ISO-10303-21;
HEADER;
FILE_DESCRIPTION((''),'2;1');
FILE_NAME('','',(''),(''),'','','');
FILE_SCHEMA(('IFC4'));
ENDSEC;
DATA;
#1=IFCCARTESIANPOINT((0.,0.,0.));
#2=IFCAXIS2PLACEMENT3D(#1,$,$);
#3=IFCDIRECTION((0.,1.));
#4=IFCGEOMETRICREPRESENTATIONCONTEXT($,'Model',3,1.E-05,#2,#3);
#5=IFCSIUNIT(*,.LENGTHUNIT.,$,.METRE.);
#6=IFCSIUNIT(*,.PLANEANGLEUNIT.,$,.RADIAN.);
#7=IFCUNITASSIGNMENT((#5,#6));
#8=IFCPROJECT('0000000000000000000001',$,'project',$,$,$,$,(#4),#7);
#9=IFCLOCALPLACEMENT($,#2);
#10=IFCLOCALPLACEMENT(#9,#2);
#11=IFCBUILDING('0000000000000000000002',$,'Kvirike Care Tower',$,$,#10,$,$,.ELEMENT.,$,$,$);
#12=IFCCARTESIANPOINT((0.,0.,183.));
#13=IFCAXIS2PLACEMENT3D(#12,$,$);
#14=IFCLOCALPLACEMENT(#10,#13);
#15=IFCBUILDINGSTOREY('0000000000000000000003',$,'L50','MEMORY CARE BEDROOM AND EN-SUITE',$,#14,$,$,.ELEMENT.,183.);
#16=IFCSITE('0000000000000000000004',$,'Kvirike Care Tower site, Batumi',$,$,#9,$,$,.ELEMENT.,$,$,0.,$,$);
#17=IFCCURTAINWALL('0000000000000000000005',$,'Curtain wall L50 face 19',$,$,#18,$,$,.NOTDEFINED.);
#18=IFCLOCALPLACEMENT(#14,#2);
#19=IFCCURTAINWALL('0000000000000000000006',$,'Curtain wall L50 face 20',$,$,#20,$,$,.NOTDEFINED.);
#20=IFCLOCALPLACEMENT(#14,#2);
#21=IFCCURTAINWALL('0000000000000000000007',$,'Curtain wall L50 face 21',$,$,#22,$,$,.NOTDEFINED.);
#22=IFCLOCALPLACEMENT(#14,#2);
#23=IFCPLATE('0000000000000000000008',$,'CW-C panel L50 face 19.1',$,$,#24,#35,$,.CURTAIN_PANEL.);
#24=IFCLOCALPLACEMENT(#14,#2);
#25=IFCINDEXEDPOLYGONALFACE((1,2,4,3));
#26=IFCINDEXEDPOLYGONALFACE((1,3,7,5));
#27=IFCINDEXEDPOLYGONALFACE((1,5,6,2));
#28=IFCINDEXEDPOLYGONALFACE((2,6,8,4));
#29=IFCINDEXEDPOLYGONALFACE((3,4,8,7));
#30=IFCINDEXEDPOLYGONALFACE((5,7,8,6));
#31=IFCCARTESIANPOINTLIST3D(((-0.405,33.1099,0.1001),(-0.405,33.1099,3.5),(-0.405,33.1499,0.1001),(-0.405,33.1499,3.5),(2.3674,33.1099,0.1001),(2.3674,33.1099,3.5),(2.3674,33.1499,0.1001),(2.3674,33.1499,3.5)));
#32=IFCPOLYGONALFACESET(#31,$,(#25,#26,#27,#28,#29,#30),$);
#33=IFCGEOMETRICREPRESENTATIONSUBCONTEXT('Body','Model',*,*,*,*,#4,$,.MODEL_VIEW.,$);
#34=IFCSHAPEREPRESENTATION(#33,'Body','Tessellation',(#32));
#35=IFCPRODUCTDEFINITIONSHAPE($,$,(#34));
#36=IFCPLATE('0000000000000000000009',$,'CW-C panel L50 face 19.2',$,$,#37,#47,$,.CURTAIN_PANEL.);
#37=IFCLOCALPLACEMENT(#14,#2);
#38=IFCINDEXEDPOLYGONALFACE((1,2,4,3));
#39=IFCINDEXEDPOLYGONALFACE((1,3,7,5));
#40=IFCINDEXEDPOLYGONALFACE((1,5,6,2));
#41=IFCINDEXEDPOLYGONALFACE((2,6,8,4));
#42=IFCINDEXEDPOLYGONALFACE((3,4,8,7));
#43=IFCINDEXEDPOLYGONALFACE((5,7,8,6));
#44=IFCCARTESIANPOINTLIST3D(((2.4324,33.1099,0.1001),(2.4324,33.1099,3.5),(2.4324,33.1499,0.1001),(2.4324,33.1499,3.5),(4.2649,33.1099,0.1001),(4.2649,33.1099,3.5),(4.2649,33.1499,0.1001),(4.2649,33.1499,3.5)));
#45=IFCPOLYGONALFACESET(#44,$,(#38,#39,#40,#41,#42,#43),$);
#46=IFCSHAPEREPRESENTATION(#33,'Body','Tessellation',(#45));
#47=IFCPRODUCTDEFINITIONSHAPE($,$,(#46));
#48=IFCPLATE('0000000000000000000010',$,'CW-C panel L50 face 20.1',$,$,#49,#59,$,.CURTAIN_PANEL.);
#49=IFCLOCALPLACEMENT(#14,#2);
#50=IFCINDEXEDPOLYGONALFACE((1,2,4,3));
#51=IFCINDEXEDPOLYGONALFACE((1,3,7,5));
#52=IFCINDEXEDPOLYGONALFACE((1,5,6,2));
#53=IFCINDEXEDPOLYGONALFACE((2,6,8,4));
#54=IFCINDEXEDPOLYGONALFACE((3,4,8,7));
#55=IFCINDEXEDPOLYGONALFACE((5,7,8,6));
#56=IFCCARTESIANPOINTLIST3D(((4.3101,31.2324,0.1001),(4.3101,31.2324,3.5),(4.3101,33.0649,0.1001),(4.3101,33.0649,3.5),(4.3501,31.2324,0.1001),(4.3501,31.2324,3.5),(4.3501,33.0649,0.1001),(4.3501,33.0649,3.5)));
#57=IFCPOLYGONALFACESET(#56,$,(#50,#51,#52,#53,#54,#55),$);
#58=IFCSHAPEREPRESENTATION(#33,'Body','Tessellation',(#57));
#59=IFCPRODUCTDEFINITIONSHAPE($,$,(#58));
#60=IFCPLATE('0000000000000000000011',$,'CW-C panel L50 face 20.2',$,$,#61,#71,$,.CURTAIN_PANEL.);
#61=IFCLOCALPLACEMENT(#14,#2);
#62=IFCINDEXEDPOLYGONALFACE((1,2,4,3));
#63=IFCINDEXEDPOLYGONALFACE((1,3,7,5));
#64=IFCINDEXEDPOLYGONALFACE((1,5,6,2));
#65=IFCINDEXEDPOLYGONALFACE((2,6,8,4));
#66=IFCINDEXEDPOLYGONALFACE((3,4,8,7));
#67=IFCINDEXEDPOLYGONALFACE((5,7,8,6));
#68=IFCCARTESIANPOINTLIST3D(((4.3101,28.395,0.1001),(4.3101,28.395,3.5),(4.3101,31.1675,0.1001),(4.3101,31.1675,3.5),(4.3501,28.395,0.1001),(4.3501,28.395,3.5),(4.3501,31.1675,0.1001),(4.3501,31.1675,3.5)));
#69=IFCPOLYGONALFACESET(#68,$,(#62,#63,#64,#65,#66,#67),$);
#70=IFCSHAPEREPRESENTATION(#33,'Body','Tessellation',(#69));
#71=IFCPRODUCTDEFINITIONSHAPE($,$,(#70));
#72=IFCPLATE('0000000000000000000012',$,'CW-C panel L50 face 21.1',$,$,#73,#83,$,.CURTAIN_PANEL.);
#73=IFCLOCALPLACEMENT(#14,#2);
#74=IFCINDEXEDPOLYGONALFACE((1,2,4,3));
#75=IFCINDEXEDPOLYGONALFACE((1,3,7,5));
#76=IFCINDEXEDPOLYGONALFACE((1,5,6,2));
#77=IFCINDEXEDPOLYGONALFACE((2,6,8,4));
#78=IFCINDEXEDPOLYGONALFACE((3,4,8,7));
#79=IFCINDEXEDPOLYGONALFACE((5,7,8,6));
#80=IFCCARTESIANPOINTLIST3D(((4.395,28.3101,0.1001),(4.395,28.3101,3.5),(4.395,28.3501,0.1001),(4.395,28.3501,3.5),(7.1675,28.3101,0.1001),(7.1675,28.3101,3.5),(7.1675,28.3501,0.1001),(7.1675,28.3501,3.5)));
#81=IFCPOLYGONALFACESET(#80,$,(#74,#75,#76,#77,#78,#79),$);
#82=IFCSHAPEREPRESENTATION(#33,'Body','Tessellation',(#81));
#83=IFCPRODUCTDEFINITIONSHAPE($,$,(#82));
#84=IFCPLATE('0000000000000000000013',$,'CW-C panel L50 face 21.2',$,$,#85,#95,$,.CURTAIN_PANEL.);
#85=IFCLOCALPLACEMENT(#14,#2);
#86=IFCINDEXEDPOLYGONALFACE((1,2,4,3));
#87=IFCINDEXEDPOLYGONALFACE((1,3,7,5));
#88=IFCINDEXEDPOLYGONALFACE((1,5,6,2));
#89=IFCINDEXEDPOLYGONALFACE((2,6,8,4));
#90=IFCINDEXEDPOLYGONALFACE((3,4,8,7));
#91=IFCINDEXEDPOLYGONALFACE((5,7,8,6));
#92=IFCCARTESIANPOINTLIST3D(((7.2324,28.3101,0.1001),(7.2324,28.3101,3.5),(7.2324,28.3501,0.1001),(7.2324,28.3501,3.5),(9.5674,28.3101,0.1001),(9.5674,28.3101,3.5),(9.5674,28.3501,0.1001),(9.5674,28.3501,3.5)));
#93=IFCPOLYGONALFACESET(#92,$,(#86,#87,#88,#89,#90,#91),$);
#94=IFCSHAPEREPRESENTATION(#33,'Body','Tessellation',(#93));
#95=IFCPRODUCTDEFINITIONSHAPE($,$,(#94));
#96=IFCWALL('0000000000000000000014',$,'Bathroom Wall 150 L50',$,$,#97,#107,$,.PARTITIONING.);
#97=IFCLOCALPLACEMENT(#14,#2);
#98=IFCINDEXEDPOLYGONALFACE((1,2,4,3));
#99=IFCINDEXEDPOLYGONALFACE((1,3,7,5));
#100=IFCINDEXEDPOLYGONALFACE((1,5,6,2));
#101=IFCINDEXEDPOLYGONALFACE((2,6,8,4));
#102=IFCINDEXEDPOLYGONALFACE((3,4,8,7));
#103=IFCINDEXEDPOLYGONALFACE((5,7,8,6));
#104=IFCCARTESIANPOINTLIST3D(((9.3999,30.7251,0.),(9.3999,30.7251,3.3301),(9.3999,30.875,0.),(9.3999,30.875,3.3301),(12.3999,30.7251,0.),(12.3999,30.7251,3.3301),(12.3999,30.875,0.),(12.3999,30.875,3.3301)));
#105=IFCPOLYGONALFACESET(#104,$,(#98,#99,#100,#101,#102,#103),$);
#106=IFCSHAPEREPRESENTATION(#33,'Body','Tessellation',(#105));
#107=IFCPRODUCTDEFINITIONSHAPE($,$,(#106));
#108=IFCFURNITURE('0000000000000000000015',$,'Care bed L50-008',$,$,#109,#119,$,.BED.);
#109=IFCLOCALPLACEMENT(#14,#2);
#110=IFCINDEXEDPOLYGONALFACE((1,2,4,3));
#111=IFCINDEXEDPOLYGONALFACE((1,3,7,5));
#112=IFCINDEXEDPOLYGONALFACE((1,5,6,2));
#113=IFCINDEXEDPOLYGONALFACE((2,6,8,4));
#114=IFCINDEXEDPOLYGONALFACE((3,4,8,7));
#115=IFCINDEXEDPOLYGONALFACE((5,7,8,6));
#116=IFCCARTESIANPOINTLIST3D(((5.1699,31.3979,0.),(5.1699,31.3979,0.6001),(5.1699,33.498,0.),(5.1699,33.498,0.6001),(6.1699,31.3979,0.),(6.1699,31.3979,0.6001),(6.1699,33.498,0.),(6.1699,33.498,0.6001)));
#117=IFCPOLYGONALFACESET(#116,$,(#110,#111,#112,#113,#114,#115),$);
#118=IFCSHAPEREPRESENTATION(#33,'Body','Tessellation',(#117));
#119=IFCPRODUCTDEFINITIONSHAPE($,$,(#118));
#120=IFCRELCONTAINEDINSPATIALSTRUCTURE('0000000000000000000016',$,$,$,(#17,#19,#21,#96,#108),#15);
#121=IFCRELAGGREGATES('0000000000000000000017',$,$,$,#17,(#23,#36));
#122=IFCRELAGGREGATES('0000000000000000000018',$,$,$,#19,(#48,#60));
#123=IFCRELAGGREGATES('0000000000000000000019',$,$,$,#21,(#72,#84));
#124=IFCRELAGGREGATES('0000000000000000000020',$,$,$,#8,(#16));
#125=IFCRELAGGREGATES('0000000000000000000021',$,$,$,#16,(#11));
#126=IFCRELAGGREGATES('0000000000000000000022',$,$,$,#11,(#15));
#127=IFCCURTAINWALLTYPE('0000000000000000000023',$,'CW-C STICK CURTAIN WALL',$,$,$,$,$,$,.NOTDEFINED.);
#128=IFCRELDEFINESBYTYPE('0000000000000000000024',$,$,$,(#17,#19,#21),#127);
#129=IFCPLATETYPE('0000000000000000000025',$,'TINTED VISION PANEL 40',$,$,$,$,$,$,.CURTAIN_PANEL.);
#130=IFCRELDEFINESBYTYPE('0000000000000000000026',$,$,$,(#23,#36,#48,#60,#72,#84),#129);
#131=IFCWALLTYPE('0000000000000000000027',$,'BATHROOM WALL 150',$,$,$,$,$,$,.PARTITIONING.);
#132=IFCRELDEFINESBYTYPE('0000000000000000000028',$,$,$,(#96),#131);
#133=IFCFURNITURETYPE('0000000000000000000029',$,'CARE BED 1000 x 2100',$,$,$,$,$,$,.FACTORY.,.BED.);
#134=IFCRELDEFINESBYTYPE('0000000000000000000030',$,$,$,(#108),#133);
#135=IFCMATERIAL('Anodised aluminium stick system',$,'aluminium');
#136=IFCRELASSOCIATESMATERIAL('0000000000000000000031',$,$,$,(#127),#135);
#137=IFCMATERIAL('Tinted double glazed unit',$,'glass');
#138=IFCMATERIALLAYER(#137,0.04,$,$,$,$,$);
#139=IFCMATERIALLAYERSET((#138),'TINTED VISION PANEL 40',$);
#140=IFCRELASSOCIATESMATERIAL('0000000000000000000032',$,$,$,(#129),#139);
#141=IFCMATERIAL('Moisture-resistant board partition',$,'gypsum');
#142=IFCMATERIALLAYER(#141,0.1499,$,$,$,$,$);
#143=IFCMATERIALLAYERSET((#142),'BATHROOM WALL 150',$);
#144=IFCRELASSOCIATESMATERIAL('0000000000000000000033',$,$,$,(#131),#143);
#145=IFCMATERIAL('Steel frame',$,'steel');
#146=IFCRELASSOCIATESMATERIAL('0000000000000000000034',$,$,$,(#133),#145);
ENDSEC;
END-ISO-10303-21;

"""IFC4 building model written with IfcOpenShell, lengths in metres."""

from ifc_helpers import new_model, si_unit, direction, frame, frame_2d, origin, origin_2d, place, context, subcontext, project, spatial, rectangle, extrude, material, layer, layer_set, type_object, element, aggregate, save


model = new_model("IFC4")

# Units and contexts
model_context = context("Model", 3, precision=1e-05, world=origin(), true_north=direction((0.0, 1.0)))
body_context = subcontext(model_context, "Body", "Model", "MODEL_VIEW")
ifc_project = project(units=[si_unit("LENGTHUNIT", "METRE"), si_unit("PLANEANGLEUNIT", "RADIAN")], contexts=[model_context])

# Site, building, storey
site_placement = place(None, origin())
site = spatial("IfcSite", under=ifc_project, at=site_placement, Name="Kvirike Care Tower site, Batumi", CompositionType="ELEMENT", RefElevation=0.0)
building_placement = place(site_placement, origin())
building = spatial("IfcBuilding", under=site, at=building_placement, Name="Kvirike Care Tower", CompositionType="ELEMENT")
storey_placement = place(building_placement, frame((0.0, 0.0, 183.0)))
storey = spatial("IfcBuildingStorey", under=building, at=storey_placement, Name="L50", Description="MEMORY CARE BEDROOM AND EN-SUITE", CompositionType="ELEMENT", Elevation=183.0)

# Curtain walls
ifc_material_1 = material(Name="Anodised aluminium stick system", Category="aluminium")
curtain_wall_type = type_object("IfcCurtainWallType", Name="CW-C STICK CURTAIN WALL", PredefinedType="NOTDEFINED", material=ifc_material_1)
curtain_wall_1_placement = place(storey_placement, origin())
curtain_wall_1 = element("IfcCurtainWall", 1, at=curtain_wall_1_placement, inside=storey, type_object=curtain_wall_type, Name="Curtain wall L50 face 19", PredefinedType="NOTDEFINED")
curtain_wall_2_placement = place(storey_placement, origin())
curtain_wall_2 = element("IfcCurtainWall", 2, at=curtain_wall_2_placement, inside=storey, type_object=curtain_wall_type, Name="Curtain wall L50 face 20", PredefinedType="NOTDEFINED")

# Curtain wall
curtain_wall_3_placement = place(storey_placement, origin())
curtain_wall_3 = element("IfcCurtainWall", 3, at=curtain_wall_3_placement, inside=storey, type_object=curtain_wall_type, Name="Curtain wall L50 face 21", PredefinedType="NOTDEFINED")

# Plates
ifc_material_2 = material(Name="Tinted double glazed unit", Category="glass")
ifc_layer_1 = layer(ifc_material_2, 0.04)
ifc_layer_set_1 = layer_set([ifc_layer_1], Name="TINTED VISION PANEL 40")
plate_type = type_object("IfcPlateType", Name="TINTED VISION PANEL 40", PredefinedType="CURTAIN_PANEL", material=ifc_layer_set_1)
plate_1_placement = place(storey_placement, frame((0.9812, 33.1299, 0.1001), z_axis=(0.0, 0.0, 1.0), x_axis=(1.0, 0.0, 0.0)))
plate_1 = element("IfcPlate", 4, at=plate_1_placement, type_object=plate_type, Name="CW-C panel L50 face 19.1", PredefinedType="CURTAIN_PANEL", context=body_context, shape_type="SweptSolid", body=[
    extrude(rectangle(XDim=2.7725, YDim=0.04, at=origin_2d()), origin(), (0.0, 0.0, 1.0), 3.3999),
])
plate_2_placement = place(storey_placement, frame((3.3486, 33.1299, 0.1001), z_axis=(0.0, 0.0, 1.0), x_axis=(1.0, 0.0, 0.0)))
plate_2 = element("IfcPlate", 5, at=plate_2_placement, type_object=plate_type, Name="CW-C panel L50 face 19.2", PredefinedType="CURTAIN_PANEL", context=body_context, shape_type="SweptSolid", body=[
    extrude(rectangle(XDim=1.8325, YDim=0.04, at=origin_2d()), origin(), (0.0, 0.0, 1.0), 3.3999),
])
aggregate(curtain_wall_1, [plate_1, plate_2])
plate_3_placement = place(storey_placement, frame((4.3301, 32.1487, 0.1001), z_axis=(0.0, 0.0, 1.0), x_axis=(0.0, -1.0, 0.0)))
plate_3 = element("IfcPlate", 6, at=plate_3_placement, type_object=plate_type, Name="CW-C panel L50 face 20.1", PredefinedType="CURTAIN_PANEL", context=body_context, shape_type="SweptSolid", body=[
    extrude(rectangle(XDim=1.8325, YDim=0.04, at=origin_2d()), origin(), (0.0, 0.0, 1.0), 3.3999),
])
plate_4_placement = place(storey_placement, frame((4.3301, 29.7812, 0.1001), z_axis=(0.0, 0.0, 1.0), x_axis=(0.0, -1.0, 0.0)))
plate_4 = element("IfcPlate", 7, at=plate_4_placement, type_object=plate_type, Name="CW-C panel L50 face 20.2", PredefinedType="CURTAIN_PANEL", context=body_context, shape_type="SweptSolid", body=[
    extrude(rectangle(XDim=2.7725, YDim=0.04, at=origin_2d()), origin(), (0.0, 0.0, 1.0), 3.3999),
])
aggregate(curtain_wall_2, [plate_3, plate_4])
plate_5_placement = place(storey_placement, frame((5.7812, 28.3301, 0.1001), z_axis=(0.0, 0.0, 1.0), x_axis=(1.0, 0.0, 0.0)))
plate_5 = element("IfcPlate", 8, at=plate_5_placement, type_object=plate_type, Name="CW-C panel L50 face 21.1", PredefinedType="CURTAIN_PANEL", context=body_context, shape_type="SweptSolid", body=[
    extrude(rectangle(XDim=2.7725, YDim=0.04, at=origin_2d()), origin(), (0.0, 0.0, 1.0), 3.3999),
])
plate_6_placement = place(storey_placement, frame((8.3999, 28.3301, 0.1001), z_axis=(0.0, 0.0, 1.0), x_axis=(1.0, 0.0, 0.0)))
plate_6 = element("IfcPlate", 9, at=plate_6_placement, type_object=plate_type, Name="CW-C panel L50 face 21.2", PredefinedType="CURTAIN_PANEL", context=body_context, shape_type="SweptSolid", body=[
    extrude(rectangle(XDim=2.335, YDim=0.04, at=origin_2d()), origin(), (0.0, 0.0, 1.0), 3.3999),
])
aggregate(curtain_wall_3, [plate_5, plate_6])

# Wall
ifc_material_3 = material(Name="Moisture-resistant board partition", Category="gypsum")
ifc_layer_2 = layer(ifc_material_3, 0.1499)
ifc_layer_set_2 = layer_set([ifc_layer_2], Name="BATHROOM WALL 150")
wall_type = type_object("IfcWallType", Name="BATHROOM WALL 150", PredefinedType="PARTITIONING", material=ifc_layer_set_2)
wall_placement = place(storey_placement, frame((9.3999, 30.8, 0.0), z_axis=(0.0, 0.0, 1.0), x_axis=(1.0, 0.0, 0.0)))
element("IfcWall", 10, at=wall_placement, inside=storey, type_object=wall_type, Name="Bathroom Wall 150 L50", PredefinedType="PARTITIONING", context=body_context, shape_type="SweptSolid", body=[
    extrude(rectangle(XDim=3.0, YDim=0.1499, at=frame_2d((1.5, 0.0))), origin(), (0.0, 0.0, 1.0), 3.3301),
])

# Furniture
ifc_material_4 = material(Name="Steel frame", Category="steel")
furniture_type = type_object("IfcFurnitureType", Name="CARE BED 1000 x 2100", AssemblyPlace="FACTORY", PredefinedType="BED", material=ifc_material_4)
furniture_placement = place(storey_placement, frame((5.6699, 32.448, 0.0), z_axis=(0.0, 0.0, 1.0), x_axis=(1.0, 0.0, 0.0)))
element("IfcFurniture", 11, at=furniture_placement, inside=storey, type_object=furniture_type, Name="Care bed L50-008", PredefinedType="BED", context=body_context, shape_type="SweptSolid", body=[
    extrude(rectangle(XDim=1.0, YDim=2.1001, at=origin_2d()), origin(), (0.0, 0.0, 1.0), 0.6001),
])

save(model, "model.ifc")
